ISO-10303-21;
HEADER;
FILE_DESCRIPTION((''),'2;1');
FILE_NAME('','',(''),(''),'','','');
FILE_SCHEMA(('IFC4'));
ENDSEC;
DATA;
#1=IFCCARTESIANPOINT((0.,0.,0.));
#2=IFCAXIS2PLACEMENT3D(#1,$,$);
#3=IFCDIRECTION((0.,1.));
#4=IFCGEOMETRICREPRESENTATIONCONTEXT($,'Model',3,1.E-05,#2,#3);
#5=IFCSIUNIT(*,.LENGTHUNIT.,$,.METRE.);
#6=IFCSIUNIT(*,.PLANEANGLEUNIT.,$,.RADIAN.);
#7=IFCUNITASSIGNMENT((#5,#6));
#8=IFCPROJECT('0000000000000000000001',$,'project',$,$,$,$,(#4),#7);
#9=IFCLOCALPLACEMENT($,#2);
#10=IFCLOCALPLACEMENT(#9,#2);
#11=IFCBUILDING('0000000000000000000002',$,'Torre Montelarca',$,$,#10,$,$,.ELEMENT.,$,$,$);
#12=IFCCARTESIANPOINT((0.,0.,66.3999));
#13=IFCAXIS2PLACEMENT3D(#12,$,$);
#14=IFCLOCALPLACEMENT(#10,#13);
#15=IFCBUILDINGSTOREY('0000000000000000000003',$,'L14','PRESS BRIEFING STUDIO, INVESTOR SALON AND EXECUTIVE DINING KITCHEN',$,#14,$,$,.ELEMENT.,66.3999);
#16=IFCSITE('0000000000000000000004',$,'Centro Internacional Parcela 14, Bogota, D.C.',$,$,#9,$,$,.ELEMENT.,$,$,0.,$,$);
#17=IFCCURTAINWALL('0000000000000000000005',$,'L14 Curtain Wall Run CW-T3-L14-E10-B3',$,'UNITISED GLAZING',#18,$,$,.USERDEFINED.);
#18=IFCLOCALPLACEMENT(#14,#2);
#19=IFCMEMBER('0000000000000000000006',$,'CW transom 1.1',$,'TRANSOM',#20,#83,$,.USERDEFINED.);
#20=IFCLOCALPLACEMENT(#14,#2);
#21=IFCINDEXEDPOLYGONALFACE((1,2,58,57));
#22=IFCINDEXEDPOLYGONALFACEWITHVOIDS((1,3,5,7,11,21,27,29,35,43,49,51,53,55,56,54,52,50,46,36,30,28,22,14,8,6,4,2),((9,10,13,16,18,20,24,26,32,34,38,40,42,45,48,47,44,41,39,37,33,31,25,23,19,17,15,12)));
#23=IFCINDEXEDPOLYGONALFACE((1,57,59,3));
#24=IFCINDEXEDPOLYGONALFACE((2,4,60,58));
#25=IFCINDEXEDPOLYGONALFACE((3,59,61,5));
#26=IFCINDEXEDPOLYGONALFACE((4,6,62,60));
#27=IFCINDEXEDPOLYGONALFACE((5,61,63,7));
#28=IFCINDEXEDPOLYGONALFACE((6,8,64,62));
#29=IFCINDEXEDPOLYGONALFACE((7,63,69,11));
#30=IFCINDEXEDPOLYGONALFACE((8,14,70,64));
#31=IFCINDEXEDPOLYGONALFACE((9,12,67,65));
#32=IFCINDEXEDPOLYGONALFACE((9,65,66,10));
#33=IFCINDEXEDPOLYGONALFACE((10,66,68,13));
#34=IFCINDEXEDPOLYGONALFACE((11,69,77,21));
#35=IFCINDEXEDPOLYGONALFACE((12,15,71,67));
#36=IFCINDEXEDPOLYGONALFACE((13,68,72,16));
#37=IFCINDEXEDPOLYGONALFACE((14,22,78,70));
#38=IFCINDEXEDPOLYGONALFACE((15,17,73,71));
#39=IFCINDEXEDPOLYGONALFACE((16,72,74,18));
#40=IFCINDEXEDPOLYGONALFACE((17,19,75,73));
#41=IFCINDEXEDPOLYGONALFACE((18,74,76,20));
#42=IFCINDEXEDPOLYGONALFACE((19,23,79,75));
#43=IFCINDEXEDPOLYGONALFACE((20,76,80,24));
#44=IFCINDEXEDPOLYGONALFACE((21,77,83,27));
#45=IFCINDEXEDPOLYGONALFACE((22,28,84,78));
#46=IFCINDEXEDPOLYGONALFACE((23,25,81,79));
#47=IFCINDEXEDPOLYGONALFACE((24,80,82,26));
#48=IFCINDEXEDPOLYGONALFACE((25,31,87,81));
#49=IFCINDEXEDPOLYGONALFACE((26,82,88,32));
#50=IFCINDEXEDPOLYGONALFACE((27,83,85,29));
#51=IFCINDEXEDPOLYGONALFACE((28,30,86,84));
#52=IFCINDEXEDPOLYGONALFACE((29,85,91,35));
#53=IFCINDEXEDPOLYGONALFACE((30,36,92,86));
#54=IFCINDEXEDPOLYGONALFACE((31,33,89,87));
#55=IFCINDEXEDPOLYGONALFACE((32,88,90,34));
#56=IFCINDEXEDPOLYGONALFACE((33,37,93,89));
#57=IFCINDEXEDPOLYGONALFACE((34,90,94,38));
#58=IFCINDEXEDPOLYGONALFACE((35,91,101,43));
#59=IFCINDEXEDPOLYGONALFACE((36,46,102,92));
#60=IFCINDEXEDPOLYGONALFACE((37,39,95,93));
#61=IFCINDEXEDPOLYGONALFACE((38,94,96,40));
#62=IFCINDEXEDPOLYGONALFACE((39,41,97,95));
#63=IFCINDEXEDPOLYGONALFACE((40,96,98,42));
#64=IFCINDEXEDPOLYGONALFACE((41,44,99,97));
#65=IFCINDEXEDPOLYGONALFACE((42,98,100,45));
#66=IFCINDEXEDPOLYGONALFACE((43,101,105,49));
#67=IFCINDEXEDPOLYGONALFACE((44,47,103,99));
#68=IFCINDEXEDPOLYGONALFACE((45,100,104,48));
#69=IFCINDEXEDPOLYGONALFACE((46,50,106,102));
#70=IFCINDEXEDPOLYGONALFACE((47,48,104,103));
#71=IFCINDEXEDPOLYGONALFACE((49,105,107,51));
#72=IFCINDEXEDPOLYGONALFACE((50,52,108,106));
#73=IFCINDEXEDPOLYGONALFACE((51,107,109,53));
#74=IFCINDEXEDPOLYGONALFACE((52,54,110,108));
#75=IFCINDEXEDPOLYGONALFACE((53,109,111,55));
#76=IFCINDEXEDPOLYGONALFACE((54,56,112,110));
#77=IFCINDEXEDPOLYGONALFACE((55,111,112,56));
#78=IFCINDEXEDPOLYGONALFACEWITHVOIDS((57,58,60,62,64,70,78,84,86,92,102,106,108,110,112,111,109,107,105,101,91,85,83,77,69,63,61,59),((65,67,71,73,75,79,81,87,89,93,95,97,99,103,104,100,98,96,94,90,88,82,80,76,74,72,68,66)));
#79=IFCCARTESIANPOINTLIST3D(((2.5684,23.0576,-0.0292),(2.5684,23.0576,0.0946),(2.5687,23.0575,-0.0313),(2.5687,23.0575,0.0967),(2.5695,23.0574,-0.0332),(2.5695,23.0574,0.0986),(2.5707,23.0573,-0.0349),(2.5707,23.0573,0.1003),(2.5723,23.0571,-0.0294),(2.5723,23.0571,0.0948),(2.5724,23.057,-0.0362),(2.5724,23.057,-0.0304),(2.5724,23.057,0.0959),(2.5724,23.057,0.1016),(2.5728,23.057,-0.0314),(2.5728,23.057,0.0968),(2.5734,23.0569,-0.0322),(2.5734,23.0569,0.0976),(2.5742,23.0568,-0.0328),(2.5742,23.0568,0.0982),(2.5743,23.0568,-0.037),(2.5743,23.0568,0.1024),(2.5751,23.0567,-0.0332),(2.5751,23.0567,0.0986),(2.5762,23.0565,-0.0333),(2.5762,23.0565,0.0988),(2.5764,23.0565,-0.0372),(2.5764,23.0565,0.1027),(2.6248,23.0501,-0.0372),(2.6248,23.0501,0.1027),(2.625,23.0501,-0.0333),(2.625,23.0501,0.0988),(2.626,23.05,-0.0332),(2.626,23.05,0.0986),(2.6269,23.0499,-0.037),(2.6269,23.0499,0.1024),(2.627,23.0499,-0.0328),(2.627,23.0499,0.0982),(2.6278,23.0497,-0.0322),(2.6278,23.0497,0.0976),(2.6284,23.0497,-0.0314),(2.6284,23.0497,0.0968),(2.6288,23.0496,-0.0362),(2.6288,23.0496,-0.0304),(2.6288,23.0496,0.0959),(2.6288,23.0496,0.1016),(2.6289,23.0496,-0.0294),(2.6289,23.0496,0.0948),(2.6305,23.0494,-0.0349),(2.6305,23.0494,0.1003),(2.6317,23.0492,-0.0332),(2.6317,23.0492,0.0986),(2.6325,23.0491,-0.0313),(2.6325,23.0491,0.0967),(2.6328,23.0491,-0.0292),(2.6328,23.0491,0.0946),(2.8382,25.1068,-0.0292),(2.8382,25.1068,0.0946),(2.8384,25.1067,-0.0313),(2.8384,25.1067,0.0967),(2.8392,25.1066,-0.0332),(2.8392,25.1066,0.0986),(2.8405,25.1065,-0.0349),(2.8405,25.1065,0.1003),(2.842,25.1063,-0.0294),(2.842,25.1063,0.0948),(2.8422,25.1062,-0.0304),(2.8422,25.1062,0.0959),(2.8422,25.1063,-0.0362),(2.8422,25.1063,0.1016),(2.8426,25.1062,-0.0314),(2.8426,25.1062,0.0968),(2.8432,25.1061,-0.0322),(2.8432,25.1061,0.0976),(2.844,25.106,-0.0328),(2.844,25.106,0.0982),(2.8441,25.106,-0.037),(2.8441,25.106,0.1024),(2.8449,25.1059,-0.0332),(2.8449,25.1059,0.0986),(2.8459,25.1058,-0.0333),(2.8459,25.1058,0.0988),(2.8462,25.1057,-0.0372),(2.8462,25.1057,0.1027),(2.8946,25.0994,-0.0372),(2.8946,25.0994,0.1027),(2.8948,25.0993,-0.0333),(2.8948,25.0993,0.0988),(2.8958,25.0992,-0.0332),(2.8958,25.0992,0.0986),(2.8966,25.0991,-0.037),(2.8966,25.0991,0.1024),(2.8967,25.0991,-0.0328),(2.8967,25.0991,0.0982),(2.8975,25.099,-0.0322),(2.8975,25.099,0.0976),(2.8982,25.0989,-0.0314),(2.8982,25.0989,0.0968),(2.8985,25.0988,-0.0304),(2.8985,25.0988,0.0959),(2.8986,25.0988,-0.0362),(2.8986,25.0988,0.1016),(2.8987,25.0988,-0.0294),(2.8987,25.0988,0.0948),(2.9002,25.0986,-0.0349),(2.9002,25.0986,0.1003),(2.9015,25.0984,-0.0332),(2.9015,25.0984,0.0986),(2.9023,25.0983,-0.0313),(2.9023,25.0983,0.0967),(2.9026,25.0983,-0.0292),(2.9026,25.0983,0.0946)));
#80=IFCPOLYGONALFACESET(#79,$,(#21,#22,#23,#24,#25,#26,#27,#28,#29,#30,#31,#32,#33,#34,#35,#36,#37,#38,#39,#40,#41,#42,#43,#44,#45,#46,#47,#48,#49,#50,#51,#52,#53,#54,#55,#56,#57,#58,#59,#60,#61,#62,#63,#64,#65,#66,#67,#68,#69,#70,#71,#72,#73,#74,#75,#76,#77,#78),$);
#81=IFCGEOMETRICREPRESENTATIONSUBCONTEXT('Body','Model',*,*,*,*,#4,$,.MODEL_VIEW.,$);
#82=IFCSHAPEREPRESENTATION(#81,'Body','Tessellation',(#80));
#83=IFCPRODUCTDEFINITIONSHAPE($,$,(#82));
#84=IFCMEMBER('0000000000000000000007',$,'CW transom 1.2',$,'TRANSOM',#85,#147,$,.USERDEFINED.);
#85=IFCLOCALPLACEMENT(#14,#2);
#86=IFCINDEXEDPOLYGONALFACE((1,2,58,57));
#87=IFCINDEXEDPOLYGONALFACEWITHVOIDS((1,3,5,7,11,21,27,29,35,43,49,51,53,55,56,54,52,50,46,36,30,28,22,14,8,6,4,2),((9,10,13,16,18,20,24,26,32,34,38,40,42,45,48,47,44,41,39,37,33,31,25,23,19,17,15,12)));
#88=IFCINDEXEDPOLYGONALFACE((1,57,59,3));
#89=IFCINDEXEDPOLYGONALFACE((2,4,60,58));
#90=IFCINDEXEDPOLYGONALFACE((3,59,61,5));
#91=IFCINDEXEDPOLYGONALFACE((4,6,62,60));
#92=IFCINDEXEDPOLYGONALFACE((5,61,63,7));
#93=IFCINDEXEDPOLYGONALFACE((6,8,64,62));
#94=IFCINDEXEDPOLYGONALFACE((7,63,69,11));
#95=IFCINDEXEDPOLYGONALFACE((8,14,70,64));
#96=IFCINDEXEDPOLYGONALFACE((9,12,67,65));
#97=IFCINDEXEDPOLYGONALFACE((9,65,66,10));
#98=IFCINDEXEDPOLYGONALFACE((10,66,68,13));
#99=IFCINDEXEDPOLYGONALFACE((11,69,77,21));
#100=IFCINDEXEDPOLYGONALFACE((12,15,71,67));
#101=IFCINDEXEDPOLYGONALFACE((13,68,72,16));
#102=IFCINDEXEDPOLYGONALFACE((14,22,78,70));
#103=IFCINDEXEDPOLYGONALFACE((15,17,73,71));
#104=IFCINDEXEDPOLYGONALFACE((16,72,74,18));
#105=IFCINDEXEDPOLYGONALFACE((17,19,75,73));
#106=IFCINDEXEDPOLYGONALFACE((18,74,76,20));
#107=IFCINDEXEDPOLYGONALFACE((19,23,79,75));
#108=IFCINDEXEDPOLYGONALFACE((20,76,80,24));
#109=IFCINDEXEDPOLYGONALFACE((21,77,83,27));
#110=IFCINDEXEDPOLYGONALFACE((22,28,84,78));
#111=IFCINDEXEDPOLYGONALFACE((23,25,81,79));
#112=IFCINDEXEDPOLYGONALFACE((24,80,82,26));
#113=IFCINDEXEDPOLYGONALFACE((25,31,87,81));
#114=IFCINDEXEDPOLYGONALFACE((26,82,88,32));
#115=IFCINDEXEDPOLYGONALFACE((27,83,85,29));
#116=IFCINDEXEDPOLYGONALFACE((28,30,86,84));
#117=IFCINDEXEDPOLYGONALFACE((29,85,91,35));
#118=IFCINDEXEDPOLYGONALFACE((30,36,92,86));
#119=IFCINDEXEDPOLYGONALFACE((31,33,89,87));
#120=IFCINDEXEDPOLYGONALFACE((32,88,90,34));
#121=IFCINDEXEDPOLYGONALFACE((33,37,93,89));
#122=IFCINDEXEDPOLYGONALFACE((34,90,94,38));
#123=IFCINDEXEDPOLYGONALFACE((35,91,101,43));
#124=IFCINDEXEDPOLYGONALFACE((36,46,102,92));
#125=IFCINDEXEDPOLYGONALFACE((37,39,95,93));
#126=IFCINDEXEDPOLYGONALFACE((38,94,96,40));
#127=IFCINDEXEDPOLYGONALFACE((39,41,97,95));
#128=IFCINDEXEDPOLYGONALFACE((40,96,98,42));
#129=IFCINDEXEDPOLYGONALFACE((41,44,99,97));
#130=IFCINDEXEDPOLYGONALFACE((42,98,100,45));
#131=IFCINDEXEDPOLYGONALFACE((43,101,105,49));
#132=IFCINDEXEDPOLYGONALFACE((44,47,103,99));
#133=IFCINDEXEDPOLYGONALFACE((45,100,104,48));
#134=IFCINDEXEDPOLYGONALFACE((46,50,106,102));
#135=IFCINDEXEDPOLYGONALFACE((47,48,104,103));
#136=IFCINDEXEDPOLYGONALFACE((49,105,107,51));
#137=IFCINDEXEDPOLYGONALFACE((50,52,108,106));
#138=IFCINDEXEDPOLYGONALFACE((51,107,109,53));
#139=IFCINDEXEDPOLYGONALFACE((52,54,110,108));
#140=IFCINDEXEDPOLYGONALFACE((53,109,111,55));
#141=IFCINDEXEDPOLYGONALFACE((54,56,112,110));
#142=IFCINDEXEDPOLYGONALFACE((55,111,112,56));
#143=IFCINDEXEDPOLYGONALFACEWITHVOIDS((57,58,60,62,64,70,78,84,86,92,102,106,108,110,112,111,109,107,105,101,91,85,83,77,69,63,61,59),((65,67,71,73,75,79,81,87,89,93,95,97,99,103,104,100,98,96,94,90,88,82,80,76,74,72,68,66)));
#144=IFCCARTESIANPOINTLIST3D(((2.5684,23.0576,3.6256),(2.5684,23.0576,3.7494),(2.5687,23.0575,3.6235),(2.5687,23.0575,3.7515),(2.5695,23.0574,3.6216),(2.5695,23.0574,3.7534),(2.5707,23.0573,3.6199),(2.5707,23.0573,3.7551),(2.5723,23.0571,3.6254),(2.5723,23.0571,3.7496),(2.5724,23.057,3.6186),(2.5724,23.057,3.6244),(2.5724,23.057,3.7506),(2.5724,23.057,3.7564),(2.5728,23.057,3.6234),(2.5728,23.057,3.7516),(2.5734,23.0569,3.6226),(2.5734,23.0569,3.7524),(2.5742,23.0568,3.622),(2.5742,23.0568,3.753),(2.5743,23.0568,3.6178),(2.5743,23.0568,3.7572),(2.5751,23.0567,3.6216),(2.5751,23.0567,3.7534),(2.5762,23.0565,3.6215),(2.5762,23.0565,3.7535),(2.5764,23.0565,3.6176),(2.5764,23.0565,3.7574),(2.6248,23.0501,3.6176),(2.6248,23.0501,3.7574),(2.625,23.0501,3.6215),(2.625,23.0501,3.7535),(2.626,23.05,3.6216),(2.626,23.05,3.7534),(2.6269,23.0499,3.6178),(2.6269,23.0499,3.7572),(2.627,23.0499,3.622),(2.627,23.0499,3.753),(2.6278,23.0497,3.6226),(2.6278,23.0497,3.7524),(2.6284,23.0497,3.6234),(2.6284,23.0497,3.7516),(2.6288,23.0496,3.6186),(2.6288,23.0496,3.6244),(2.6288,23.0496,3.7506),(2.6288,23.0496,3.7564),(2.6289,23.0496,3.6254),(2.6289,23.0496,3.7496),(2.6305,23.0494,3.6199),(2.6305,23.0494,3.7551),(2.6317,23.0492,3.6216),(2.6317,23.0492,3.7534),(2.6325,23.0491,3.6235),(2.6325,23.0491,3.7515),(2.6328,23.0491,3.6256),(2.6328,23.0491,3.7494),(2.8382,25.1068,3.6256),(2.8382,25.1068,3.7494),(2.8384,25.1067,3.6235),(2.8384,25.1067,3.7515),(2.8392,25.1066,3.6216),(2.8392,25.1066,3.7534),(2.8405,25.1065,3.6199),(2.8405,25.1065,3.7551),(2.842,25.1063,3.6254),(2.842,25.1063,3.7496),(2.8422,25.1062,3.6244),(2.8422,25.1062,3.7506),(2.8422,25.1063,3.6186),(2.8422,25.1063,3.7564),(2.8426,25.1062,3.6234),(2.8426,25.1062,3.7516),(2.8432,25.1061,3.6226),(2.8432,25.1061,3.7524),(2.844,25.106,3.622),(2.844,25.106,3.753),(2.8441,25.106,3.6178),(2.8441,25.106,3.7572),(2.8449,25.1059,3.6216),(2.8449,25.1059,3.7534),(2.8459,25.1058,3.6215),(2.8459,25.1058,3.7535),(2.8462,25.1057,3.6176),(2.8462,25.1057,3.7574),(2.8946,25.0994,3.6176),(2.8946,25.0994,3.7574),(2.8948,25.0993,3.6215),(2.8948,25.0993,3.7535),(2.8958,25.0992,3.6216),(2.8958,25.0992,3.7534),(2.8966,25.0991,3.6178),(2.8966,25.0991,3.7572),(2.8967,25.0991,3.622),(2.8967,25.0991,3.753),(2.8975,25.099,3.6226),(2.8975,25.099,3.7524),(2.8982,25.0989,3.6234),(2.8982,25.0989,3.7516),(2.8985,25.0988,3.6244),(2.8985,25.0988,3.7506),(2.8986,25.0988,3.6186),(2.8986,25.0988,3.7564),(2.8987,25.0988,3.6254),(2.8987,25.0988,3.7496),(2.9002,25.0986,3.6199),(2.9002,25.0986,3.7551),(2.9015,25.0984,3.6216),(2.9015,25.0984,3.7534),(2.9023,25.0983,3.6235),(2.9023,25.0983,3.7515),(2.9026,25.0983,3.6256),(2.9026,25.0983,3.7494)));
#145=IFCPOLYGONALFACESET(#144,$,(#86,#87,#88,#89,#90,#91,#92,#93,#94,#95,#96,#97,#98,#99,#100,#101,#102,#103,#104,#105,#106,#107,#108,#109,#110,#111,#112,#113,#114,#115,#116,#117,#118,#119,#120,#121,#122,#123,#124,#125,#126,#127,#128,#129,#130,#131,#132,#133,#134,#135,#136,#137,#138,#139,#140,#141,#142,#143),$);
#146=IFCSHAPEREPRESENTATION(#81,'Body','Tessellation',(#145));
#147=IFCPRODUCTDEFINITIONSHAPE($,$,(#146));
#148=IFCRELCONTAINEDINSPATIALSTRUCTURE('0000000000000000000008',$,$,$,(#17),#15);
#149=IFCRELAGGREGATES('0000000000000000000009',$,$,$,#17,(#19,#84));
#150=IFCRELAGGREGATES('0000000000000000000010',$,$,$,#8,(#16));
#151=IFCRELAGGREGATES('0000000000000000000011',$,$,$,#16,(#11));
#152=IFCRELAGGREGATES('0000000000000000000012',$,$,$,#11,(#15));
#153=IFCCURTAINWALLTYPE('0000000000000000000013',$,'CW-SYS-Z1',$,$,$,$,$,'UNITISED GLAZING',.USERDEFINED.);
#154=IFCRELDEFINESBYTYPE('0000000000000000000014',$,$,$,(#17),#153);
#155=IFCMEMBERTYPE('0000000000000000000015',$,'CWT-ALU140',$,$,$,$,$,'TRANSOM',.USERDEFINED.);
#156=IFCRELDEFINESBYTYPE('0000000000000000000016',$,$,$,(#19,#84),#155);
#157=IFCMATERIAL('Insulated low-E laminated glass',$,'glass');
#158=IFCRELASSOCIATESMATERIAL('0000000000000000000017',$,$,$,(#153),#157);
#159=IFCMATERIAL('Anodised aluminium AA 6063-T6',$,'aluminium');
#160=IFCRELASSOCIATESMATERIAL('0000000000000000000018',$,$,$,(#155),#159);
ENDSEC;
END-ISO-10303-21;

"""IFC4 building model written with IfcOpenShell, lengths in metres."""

from ifc_helpers import new_model, si_unit, direction, frame, origin, origin_2d, place, context, subcontext, project, spatial, hollow_rectangle, extrude, source, transform, mapped, material, material_profile, profile_set, type_object, element, aggregate, save


model = new_model("IFC4")

# Units and contexts
model_context = context("Model", 3, precision=1e-05, world=origin(), true_north=direction((0.0, 1.0)))
body_context = subcontext(model_context, "Body", "Model", "MODEL_VIEW")
ifc_project = project(units=[si_unit("LENGTHUNIT", "METRE"), si_unit("PLANEANGLEUNIT", "RADIAN")], contexts=[model_context])

# Site, building, storey
site_placement = place(None, origin())
site = spatial("IfcSite", under=ifc_project, at=site_placement, Name="Centro Internacional Parcela 14, Bogota, D.C.", CompositionType="ELEMENT", RefElevation=0.0)
building_placement = place(site_placement, origin())
building = spatial("IfcBuilding", under=site, at=building_placement, Name="Torre Montelarca", CompositionType="ELEMENT")
storey_placement = place(building_placement, frame((0.0, 0.0, 66.3999)))
storey = spatial("IfcBuildingStorey", under=building, at=storey_placement, Name="L14", Description="PRESS BRIEFING STUDIO, INVESTOR SALON AND EXECUTIVE DINING KITCHEN", CompositionType="ELEMENT", Elevation=66.3999)

# Curtain wall, members
ifc_material_1 = material(Name="Insulated low-E laminated glass", Category="glass")
curtain_wall_type = type_object("IfcCurtainWallType", Name="CW-SYS-Z1", ElementType="UNITISED GLAZING", PredefinedType="USERDEFINED", material=ifc_material_1)
ifc_material_2 = material(Name="Anodised aluminium AA 6063-T6", Category="aluminium")
ifc_material_profile_1 = material_profile(ifc_material_2, hollow_rectangle(XDim=0.0649, YDim=0.1399, WallThickness=0.0039, InnerFilletRadius=0.0039, OuterFilletRadius=0.0081, at=origin_2d()), Name="ALU65X140X4", Category="aluminium")
ifc_profile_set_1 = profile_set([ifc_material_profile_1], Name="Anodised aluminium AA 6063-T6")
member_type_1 = type_object("IfcMemberType", Name="CWT-ALU140", ElementType="TRANSOM", PredefinedType="USERDEFINED", material=ifc_profile_set_1)
curtain_wall_1_placement = place(storey_placement, origin())
curtain_wall_1 = element("IfcCurtainWall", 1, at=curtain_wall_1_placement, inside=storey, type_object=curtain_wall_type, Name="L14 Curtain Wall Run CW-T3-L14-E10-B3", ObjectType="UNITISED GLAZING", PredefinedType="USERDEFINED")
shared_shape_1 = source(origin(), body_context, "Body", "SweptSolid", [
    extrude(hollow_rectangle(XDim=0.0649, YDim=0.1399, WallThickness=0.0039, InnerFilletRadius=0.0039, OuterFilletRadius=0.0081, at=origin_2d()), origin(), (0.0, 0.0, 1.0), 2.0669),
])
member_1_placement = place(storey_placement, frame((2.8704, 25.1025, 0.0327), z_axis=(-0.130516, -0.991446, 0.0), x_axis=(0.991446, -0.130516, 0.0)))
member_1 = element("IfcMember", 2, at=member_1_placement, type_object=member_type_1, Name="CW transom 1.1", ObjectType="TRANSOM", PredefinedType="USERDEFINED", context=body_context, shape_type="MappedRepresentation", body=[
    mapped(shared_shape_1, transform((0.0, 0.0, 0.0), scale=1.0)),
])
member_2_placement = place(storey_placement, frame((2.8704, 25.1025, 3.6875), z_axis=(-0.130516, -0.991446, 0.0), x_axis=(0.991446, -0.130516, 0.0)))
member_2 = element("IfcMember", 3, at=member_2_placement, type_object=member_type_1, Name="CW transom 1.2", ObjectType="TRANSOM", PredefinedType="USERDEFINED", context=body_context, shape_type="MappedRepresentation", body=[
    mapped(shared_shape_1, transform((0.0, 0.0, 0.0), scale=1.0)),
])

aggregate(curtain_wall_1, [member_1, member_2])

save(model, "model.ifc")
